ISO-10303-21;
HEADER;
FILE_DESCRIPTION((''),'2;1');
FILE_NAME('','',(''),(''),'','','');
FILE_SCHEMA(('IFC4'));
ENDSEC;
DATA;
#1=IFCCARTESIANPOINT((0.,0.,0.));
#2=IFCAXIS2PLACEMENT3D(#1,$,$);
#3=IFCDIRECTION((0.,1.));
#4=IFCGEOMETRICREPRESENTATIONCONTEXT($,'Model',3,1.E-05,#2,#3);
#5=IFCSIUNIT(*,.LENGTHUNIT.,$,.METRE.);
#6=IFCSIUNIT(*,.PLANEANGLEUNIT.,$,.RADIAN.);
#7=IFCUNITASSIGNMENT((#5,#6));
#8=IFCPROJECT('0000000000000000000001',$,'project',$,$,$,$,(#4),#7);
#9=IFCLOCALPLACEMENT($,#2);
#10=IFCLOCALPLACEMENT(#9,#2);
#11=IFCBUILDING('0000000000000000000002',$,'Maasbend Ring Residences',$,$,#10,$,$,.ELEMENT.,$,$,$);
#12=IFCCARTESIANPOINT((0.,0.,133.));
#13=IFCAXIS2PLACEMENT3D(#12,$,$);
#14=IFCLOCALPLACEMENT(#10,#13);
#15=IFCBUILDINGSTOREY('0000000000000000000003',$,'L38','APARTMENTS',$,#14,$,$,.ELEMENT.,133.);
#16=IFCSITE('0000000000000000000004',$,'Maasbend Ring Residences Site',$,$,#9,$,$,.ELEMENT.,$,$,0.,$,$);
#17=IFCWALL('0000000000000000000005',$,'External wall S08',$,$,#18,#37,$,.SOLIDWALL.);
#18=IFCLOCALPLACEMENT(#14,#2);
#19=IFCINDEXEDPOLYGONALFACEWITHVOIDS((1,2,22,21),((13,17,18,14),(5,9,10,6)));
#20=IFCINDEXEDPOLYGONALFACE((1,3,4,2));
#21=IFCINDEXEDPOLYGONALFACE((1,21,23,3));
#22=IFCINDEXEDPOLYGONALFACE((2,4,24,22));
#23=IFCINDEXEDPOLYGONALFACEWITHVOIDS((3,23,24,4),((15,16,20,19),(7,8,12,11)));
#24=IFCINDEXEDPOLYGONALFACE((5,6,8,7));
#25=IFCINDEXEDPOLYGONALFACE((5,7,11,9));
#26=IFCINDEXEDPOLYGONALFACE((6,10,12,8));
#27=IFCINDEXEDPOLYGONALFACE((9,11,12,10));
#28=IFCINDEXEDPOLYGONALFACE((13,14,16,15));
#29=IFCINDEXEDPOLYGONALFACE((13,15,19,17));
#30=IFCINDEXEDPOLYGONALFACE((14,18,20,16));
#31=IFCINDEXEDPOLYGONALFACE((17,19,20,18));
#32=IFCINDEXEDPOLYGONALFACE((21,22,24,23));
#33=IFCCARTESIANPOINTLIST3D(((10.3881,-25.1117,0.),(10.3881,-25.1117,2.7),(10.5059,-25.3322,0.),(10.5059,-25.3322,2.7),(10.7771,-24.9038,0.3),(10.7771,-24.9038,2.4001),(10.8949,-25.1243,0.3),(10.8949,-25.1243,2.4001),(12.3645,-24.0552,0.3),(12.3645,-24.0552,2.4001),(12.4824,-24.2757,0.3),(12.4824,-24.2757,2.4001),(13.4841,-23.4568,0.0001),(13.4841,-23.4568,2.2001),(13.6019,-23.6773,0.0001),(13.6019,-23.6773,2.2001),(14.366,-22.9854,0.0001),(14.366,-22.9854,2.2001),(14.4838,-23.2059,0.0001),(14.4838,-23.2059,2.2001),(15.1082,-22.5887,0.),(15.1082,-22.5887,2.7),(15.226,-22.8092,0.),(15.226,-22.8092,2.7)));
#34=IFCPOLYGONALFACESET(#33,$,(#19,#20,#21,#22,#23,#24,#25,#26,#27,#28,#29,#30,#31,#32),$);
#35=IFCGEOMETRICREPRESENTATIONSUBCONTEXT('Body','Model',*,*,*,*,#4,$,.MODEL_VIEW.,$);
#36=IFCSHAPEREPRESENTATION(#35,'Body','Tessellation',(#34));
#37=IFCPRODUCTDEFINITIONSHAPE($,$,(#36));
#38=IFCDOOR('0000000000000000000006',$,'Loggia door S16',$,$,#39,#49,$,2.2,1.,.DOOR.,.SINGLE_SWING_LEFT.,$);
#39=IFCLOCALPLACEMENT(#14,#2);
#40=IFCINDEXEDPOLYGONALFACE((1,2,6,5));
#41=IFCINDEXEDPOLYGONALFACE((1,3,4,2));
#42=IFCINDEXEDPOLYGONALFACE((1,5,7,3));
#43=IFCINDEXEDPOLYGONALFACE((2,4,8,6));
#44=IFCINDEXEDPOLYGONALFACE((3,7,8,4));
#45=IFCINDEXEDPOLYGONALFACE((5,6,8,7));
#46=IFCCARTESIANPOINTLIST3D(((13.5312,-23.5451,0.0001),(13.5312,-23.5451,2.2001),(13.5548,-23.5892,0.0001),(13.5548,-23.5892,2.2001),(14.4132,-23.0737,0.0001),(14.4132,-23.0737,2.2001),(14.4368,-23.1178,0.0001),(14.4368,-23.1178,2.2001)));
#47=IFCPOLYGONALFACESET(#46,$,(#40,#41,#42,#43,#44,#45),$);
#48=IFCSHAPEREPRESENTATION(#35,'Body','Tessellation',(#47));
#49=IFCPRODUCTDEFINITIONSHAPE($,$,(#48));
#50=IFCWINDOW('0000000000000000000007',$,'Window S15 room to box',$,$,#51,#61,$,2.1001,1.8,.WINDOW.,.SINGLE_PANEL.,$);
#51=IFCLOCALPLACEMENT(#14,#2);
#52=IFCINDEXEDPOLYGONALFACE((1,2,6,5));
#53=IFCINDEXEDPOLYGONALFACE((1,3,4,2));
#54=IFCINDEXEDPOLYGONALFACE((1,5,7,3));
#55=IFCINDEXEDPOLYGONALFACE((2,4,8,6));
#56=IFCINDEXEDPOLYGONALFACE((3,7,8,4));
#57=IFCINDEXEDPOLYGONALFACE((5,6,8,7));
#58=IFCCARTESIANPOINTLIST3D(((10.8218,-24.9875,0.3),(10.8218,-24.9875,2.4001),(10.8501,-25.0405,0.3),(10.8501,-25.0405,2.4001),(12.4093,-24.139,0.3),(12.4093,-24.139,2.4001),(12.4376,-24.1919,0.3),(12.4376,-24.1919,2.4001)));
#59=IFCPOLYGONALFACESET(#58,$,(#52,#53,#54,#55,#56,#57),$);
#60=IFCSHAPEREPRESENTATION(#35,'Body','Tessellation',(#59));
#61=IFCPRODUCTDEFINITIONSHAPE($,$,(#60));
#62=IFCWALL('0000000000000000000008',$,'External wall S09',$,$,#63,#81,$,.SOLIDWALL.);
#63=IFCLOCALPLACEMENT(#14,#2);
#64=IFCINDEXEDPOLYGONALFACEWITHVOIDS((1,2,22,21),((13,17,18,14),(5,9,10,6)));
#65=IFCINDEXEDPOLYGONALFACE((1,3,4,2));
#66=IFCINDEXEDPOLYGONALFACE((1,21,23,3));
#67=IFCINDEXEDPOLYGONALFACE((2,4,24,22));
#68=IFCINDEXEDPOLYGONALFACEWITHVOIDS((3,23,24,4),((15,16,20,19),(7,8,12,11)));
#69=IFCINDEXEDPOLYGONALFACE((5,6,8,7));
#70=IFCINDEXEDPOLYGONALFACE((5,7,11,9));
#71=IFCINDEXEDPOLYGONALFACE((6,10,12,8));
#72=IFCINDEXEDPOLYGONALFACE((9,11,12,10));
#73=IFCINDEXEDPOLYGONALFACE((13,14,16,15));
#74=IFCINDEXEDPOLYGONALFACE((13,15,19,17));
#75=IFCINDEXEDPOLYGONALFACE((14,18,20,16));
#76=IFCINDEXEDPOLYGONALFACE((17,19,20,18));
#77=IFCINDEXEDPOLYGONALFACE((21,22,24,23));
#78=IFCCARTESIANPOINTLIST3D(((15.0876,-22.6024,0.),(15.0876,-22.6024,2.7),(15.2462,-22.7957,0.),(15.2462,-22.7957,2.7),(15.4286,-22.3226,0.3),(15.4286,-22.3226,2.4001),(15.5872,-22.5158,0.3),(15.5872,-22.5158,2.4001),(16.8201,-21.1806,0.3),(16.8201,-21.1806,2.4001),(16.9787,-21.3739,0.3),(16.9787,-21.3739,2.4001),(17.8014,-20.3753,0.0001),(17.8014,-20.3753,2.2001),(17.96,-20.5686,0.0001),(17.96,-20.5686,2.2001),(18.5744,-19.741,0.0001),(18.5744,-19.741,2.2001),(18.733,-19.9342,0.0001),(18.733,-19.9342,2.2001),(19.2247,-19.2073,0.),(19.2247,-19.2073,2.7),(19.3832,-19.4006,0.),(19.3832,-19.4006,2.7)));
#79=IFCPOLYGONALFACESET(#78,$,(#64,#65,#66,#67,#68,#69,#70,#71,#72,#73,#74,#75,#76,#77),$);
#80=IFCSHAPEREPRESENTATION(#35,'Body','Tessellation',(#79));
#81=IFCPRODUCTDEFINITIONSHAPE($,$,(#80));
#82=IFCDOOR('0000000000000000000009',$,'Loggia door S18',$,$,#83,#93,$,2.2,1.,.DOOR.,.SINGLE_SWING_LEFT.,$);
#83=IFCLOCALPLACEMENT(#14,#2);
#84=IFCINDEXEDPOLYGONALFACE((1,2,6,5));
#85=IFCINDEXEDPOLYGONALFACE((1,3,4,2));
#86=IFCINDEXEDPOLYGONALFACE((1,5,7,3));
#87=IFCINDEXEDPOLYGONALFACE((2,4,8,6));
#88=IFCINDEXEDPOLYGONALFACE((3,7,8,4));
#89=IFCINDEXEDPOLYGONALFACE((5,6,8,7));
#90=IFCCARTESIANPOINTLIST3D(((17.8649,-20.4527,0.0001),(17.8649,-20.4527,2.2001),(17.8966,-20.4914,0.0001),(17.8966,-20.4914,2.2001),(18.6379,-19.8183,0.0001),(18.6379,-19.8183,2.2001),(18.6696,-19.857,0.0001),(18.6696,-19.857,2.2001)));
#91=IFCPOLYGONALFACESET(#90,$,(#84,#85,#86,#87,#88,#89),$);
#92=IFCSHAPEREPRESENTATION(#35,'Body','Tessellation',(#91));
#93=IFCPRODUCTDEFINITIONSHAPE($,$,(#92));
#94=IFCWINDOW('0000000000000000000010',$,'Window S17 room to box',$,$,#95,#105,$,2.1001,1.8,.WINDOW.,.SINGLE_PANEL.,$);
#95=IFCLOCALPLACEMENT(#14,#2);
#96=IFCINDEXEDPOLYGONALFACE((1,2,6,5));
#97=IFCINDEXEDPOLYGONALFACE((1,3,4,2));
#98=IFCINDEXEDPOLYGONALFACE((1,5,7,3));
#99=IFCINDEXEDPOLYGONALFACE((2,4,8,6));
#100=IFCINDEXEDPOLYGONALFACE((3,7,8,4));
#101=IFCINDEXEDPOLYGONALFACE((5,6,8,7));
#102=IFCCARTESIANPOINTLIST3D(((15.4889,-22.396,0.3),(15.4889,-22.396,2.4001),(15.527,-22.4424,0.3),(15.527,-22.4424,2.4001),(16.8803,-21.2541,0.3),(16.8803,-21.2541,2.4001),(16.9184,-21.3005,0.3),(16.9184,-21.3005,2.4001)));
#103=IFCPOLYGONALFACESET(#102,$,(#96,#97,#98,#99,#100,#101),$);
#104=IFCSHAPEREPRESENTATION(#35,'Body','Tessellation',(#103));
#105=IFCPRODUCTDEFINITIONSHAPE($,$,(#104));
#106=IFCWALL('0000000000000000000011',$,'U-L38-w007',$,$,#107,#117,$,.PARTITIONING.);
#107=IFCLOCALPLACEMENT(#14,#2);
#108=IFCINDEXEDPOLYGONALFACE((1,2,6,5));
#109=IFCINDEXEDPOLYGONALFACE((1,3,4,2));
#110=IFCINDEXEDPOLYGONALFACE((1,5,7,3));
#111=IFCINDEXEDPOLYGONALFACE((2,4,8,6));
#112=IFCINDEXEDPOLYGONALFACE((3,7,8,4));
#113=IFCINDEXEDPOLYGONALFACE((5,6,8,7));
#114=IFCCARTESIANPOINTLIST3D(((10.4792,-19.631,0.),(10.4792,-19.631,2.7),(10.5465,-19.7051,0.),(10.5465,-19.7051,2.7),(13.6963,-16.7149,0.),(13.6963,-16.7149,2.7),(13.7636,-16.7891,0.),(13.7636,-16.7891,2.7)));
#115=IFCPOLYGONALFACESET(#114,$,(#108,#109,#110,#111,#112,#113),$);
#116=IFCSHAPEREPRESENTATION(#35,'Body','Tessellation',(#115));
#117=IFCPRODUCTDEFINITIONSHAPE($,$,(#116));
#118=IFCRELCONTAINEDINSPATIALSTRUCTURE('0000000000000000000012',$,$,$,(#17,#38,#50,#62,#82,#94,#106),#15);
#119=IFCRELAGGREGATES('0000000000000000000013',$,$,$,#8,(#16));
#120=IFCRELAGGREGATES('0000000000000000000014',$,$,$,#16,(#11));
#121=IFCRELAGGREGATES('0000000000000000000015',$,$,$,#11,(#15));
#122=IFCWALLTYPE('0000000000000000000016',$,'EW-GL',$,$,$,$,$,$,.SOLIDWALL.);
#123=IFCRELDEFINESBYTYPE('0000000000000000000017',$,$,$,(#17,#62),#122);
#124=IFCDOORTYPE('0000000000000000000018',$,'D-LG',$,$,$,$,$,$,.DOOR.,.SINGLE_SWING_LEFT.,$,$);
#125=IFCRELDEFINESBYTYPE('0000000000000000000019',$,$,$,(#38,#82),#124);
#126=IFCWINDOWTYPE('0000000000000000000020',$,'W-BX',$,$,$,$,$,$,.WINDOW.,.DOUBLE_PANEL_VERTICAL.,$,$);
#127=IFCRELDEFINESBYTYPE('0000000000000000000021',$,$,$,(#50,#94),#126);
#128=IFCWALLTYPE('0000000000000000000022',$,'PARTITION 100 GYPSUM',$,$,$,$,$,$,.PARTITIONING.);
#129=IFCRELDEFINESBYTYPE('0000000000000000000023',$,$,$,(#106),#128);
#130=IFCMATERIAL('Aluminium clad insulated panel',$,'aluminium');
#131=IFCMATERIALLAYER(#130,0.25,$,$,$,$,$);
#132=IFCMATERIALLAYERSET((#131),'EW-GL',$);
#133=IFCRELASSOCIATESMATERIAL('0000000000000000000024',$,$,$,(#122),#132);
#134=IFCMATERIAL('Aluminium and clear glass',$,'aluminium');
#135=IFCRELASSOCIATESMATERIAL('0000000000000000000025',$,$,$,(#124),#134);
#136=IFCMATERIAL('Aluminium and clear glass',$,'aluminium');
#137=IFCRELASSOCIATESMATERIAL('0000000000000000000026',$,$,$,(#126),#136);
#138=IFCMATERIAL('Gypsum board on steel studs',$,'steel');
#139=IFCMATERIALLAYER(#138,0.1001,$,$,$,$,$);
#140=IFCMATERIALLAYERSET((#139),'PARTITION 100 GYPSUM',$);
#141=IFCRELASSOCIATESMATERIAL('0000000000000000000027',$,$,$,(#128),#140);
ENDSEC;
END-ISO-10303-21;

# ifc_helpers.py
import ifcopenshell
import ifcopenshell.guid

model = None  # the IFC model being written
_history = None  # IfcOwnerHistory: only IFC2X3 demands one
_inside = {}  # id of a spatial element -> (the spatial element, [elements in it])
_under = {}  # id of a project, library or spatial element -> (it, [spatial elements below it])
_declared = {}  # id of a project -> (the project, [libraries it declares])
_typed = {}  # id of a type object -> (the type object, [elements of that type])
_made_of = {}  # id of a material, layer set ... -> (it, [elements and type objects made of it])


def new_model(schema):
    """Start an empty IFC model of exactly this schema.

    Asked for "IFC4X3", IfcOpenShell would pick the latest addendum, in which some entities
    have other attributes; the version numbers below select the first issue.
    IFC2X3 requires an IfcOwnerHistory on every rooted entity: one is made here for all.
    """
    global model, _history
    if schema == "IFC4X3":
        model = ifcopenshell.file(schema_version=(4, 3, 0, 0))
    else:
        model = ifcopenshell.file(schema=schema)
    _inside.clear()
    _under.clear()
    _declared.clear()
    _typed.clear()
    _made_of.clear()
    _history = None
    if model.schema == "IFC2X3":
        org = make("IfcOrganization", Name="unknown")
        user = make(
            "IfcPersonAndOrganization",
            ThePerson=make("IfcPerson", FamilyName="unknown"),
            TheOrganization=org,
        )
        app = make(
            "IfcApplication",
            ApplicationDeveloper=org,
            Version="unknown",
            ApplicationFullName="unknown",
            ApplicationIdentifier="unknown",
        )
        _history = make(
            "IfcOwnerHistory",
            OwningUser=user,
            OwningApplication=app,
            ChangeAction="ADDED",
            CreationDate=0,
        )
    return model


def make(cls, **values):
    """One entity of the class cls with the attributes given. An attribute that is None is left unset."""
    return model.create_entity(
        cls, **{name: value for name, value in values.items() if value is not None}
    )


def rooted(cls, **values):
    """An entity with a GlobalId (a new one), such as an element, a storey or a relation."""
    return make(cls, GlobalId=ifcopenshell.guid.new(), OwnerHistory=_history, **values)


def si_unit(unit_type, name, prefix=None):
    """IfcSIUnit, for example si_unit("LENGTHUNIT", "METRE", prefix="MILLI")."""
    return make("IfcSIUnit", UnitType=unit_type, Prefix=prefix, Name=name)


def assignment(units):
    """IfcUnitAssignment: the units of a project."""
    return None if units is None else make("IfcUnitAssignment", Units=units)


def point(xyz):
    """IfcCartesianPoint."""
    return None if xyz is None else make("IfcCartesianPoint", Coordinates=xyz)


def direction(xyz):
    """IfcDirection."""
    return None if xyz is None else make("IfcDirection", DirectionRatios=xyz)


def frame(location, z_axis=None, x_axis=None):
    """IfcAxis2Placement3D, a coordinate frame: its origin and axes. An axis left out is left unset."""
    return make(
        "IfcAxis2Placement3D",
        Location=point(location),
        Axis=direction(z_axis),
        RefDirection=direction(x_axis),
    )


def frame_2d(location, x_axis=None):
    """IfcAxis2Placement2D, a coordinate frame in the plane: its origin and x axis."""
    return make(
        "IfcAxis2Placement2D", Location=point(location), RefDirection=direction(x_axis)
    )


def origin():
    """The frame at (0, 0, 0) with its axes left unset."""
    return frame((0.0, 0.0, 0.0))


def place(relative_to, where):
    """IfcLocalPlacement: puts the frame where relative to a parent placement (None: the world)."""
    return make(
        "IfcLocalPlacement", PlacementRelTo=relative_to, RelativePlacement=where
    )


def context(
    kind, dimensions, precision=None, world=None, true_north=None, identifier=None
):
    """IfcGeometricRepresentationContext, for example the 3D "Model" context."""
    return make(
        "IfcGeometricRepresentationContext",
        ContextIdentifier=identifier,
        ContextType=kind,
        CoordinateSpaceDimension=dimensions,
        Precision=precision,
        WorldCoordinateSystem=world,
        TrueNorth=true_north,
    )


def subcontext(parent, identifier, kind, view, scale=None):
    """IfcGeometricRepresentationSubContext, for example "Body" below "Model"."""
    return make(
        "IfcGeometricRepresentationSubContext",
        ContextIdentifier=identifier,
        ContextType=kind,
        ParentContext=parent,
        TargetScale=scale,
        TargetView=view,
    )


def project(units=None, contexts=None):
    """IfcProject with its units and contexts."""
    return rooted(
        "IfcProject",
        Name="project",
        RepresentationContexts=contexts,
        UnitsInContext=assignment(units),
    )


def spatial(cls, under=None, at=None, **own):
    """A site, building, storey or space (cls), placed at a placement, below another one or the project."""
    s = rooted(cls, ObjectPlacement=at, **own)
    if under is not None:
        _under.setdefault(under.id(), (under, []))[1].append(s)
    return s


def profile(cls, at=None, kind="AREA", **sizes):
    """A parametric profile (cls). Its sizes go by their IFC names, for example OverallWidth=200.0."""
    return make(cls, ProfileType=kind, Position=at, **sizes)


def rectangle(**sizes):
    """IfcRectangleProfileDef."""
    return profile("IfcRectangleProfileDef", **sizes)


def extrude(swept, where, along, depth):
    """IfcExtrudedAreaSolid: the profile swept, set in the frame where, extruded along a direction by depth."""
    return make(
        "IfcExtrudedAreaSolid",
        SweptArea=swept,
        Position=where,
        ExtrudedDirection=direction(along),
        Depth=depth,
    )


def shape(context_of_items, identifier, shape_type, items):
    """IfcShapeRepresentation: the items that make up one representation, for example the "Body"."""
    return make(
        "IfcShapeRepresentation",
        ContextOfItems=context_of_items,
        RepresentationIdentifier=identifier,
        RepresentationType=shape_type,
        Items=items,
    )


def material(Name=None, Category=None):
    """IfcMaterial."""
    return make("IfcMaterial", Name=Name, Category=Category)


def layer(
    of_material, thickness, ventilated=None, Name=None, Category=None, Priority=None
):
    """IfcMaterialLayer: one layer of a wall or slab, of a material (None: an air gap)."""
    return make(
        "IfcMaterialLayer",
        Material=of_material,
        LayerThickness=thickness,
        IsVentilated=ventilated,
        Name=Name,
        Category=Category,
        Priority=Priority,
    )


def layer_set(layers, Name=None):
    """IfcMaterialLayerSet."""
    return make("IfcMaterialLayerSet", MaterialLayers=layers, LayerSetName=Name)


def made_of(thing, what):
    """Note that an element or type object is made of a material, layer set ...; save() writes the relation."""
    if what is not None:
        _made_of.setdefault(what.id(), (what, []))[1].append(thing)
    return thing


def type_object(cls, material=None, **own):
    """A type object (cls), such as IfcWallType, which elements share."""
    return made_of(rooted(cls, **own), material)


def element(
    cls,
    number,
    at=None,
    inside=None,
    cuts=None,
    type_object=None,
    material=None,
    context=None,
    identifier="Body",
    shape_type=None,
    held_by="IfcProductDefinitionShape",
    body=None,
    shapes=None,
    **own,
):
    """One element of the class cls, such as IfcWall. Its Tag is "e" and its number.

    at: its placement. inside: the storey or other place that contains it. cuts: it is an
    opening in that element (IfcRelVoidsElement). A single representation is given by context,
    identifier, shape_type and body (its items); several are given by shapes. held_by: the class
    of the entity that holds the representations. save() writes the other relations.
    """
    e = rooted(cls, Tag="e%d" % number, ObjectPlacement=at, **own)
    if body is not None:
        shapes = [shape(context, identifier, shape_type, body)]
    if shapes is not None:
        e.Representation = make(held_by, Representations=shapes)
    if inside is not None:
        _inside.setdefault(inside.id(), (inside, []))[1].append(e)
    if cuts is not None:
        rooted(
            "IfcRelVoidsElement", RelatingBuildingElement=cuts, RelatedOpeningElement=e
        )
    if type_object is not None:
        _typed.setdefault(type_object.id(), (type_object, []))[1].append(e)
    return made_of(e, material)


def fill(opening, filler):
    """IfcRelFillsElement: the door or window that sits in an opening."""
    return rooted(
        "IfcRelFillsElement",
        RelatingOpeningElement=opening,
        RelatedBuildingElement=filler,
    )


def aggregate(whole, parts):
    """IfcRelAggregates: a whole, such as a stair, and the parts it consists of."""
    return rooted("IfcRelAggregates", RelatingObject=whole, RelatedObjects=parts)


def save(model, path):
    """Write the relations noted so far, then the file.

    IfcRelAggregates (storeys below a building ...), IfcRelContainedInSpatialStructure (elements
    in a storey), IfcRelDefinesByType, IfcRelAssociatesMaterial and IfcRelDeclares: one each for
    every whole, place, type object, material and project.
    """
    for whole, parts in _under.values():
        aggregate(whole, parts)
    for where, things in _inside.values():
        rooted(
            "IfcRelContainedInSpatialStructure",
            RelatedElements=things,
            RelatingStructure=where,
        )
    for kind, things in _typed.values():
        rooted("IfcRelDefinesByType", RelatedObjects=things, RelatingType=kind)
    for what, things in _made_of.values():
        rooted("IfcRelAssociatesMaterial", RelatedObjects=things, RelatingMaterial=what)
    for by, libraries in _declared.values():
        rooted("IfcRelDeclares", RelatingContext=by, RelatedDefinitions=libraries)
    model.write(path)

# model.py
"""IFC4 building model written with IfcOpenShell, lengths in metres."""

from ifc_helpers import new_model, si_unit, direction, frame, frame_2d, origin, place, context, subcontext, project, spatial, rectangle, extrude, material, layer, layer_set, type_object, element, fill, save


model = new_model("IFC4")

# Units and contexts
model_context = context("Model", 3, precision=1e-05, world=origin(), true_north=direction((0.0, 1.0)))
body_context = subcontext(model_context, "Body", "Model", "MODEL_VIEW")
ifc_project = project(units=[si_unit("LENGTHUNIT", "METRE"), si_unit("PLANEANGLEUNIT", "RADIAN")], contexts=[model_context])

# Site, building, storey
site_placement = place(None, origin())
site = spatial("IfcSite", under=ifc_project, at=site_placement, Name="Maasbend Ring Residences Site", CompositionType="ELEMENT", RefElevation=0.0)
building_placement = place(site_placement, origin())
building = spatial("IfcBuilding", under=site, at=building_placement, Name="Maasbend Ring Residences", CompositionType="ELEMENT")
storey_placement = place(building_placement, frame((0.0, 0.0, 133.0)))
storey = spatial("IfcBuildingStorey", under=building, at=storey_placement, Name="L38", Description="APARTMENTS", CompositionType="ELEMENT", Elevation=133.0)

# Walls, openings, doors, windows
ifc_material_1 = material(Name="Aluminium clad insulated panel", Category="aluminium")
ifc_layer_1 = layer(ifc_material_1, 0.25)
ifc_layer_set_1 = layer_set([ifc_layer_1], Name="EW-GL")
wall_type_1 = type_object("IfcWallType", Name="EW-GL", PredefinedType="SOLIDWALL", material=ifc_layer_set_1)
wall_1_placement = place(storey_placement, frame((10.447, -25.2219, 0.0), z_axis=(0.0, 0.0, 1.0), x_axis=(0.881916, 0.471407, 0.0)))
wall_1 = element("IfcWall", 1, at=wall_1_placement, inside=storey, type_object=wall_type_1, Name="External wall S08", PredefinedType="SOLIDWALL", context=body_context, shape_type="SweptSolid", body=[
    extrude(rectangle(XDim=5.3521, YDim=0.25, at=frame_2d((2.676, 0.0))), origin(), (0.0, 0.0, 1.0), 2.7),
])
opening_1_placement = place(wall_1_placement, frame((0.4412, 0.0, 0.3)))
opening_1 = element("IfcOpeningElement", 2, at=opening_1_placement, cuts=wall_1, PredefinedType="OPENING", context=body_context, shape_type="SweptSolid", body=[
    extrude(rectangle(XDim=1.8, YDim=2.1001, at=frame_2d((0.8999, 1.05))), frame((0.0, 0.135, 0.0), z_axis=(0.0, -1.0, 0.0), x_axis=(1.0, 0.0, 0.0)), (0.0, 0.0, 1.0), 0.27),
])
opening_2_placement = place(wall_1_placement, frame((3.5105, 0.0, 0.0)))
opening_2 = element("IfcOpeningElement", 3, at=opening_2_placement, cuts=wall_1, PredefinedType="OPENING", context=body_context, shape_type="SweptSolid", body=[
    extrude(rectangle(XDim=1.0, YDim=2.2, at=frame_2d((0.5, 1.1001))), frame((0.0, 0.135, 0.0), z_axis=(0.0, -1.0, 0.0), x_axis=(1.0, 0.0, 0.0)), (0.0, 0.0, 1.0), 0.27),
])
ifc_material_2 = material(Name="Aluminium and clear glass", Category="aluminium")
door_type = type_object("IfcDoorType", Name="D-LG", OperationType="SINGLE_SWING_LEFT", PredefinedType="DOOR", material=ifc_material_2)
door_1_placement = place(opening_2_placement, origin())
door_1 = element("IfcDoor", 4, at=door_1_placement, inside=storey, type_object=door_type, Name="Loggia door S16", OperationType="SINGLE_SWING_LEFT", OverallHeight=2.2, OverallWidth=1.0, PredefinedType="DOOR", context=body_context, shape_type="SweptSolid", body=[
    extrude(rectangle(XDim=1.0, YDim=2.2, at=frame_2d((0.5, 1.1001))), frame((0.0, 0.0249, 0.0), z_axis=(0.0, -1.0, 0.0), x_axis=(1.0, 0.0, 0.0)), (0.0, 0.0, 1.0), 0.05),
])
fill(opening_2, door_1)
ifc_material_3 = material(Name="Aluminium and clear glass", Category="aluminium")
window_type_1 = type_object("IfcWindowType", Name="W-BX", PartitioningType="DOUBLE_PANEL_VERTICAL", PredefinedType="WINDOW", material=ifc_material_3)
window_1_placement = place(opening_1_placement, origin())
window_1 = element("IfcWindow", 5, at=window_1_placement, inside=storey, type_object=window_type_1, Name="Window S15 room to box", OverallHeight=2.1001, OverallWidth=1.8, PartitioningType="SINGLE_PANEL", PredefinedType="WINDOW", context=body_context, shape_type="SweptSolid", body=[
    extrude(rectangle(XDim=1.8, YDim=2.1001, at=frame_2d((0.8999, 1.05))), frame((0.0, 0.03, 0.0), z_axis=(0.0, -1.0, 0.0), x_axis=(1.0, 0.0, 0.0)), (0.0, 0.0, 1.0), 0.0601),
])
fill(opening_1, window_1)
wall_2_placement = place(storey_placement, frame((15.167, -22.699, 0.0), z_axis=(0.0, 0.0, 1.0), x_axis=(0.773019, 0.634382, 0.0)))
wall_2 = element("IfcWall", 6, at=wall_2_placement, inside=storey, type_object=wall_type_1, Name="External wall S09", PredefinedType="SOLIDWALL", context=body_context, shape_type="SweptSolid", body=[
    extrude(rectangle(XDim=5.3518, YDim=0.25, at=frame_2d((2.6758, 0.0))), origin(), (0.0, 0.0, 1.0), 2.7),
])
opening_3_placement = place(wall_2_placement, frame((0.4412, 0.0, 0.3)))
opening_3 = element("IfcOpeningElement", 7, at=opening_3_placement, cuts=wall_2, PredefinedType="OPENING", context=body_context, shape_type="SweptSolid", body=[
    extrude(rectangle(XDim=1.8, YDim=2.1001, at=frame_2d((0.8999, 1.05))), frame((0.0, 0.135, 0.0), z_axis=(0.0, -1.0, 0.0), x_axis=(1.0, 0.0, 0.0)), (0.0, 0.0, 1.0), 0.27),
])
opening_4_placement = place(wall_2_placement, frame((3.5105, 0.0, 0.0)))
opening_4 = element("IfcOpeningElement", 8, at=opening_4_placement, cuts=wall_2, PredefinedType="OPENING", context=body_context, shape_type="SweptSolid", body=[
    extrude(rectangle(XDim=1.0, YDim=2.2, at=frame_2d((0.5, 1.1001))), frame((0.0, 0.135, 0.0), z_axis=(0.0, -1.0, 0.0), x_axis=(1.0, 0.0, 0.0)), (0.0, 0.0, 1.0), 0.27),
])
door_2_placement = place(opening_4_placement, origin())
door_2 = element("IfcDoor", 9, at=door_2_placement, inside=storey, type_object=door_type, Name="Loggia door S18", OperationType="SINGLE_SWING_LEFT", OverallHeight=2.2, OverallWidth=1.0, PredefinedType="DOOR", context=body_context, shape_type="SweptSolid", body=[
    extrude(rectangle(XDim=1.0, YDim=2.2, at=frame_2d((0.5, 1.1001))), frame((0.0, 0.0249, 0.0), z_axis=(0.0, -1.0, 0.0), x_axis=(1.0, 0.0, 0.0)), (0.0, 0.0, 1.0), 0.05),
])
fill(opening_4, door_2)
window_2_placement = place(opening_3_placement, origin())
window_2 = element("IfcWindow", 10, at=window_2_placement, inside=storey, type_object=window_type_1, Name="Window S17 room to box", OverallHeight=2.1001, OverallWidth=1.8, PartitioningType="SINGLE_PANEL", PredefinedType="WINDOW", context=body_context, shape_type="SweptSolid", body=[
    extrude(rectangle(XDim=1.8, YDim=2.1001, at=frame_2d((0.8999, 1.05))), frame((0.0, 0.03, 0.0), z_axis=(0.0, -1.0, 0.0), x_axis=(1.0, 0.0, 0.0)), (0.0, 0.0, 1.0), 0.0601),
])
fill(opening_3, window_2)

# Wall
ifc_material_4 = material(Name="Gypsum board on steel studs", Category="steel")
ifc_layer_2 = layer(ifc_material_4, 0.1001)
ifc_layer_set_2 = layer_set([ifc_layer_2], Name="PARTITION 100 GYPSUM")
wall_type_2 = type_object("IfcWallType", Name="PARTITION 100 GYPSUM", PredefinedType="PARTITIONING", material=ifc_layer_set_2)
wall_3_placement = place(storey_placement, frame((10.5129, -19.668, 0.0), z_axis=(0.0, 0.0, 1.0), x_axis=(0.740921, 0.671592, 0.0)))
element("IfcWall", 11, at=wall_3_placement, inside=storey, type_object=wall_type_2, Name="U-L38-w007", PredefinedType="PARTITIONING", context=body_context, shape_type="SweptSolid", body=[
    extrude(rectangle(XDim=4.342, YDim=0.1001, at=frame_2d((2.1709, 0.0))), origin(), (0.0, 0.0, 1.0), 2.7),
])

save(model, "model.ifc")
